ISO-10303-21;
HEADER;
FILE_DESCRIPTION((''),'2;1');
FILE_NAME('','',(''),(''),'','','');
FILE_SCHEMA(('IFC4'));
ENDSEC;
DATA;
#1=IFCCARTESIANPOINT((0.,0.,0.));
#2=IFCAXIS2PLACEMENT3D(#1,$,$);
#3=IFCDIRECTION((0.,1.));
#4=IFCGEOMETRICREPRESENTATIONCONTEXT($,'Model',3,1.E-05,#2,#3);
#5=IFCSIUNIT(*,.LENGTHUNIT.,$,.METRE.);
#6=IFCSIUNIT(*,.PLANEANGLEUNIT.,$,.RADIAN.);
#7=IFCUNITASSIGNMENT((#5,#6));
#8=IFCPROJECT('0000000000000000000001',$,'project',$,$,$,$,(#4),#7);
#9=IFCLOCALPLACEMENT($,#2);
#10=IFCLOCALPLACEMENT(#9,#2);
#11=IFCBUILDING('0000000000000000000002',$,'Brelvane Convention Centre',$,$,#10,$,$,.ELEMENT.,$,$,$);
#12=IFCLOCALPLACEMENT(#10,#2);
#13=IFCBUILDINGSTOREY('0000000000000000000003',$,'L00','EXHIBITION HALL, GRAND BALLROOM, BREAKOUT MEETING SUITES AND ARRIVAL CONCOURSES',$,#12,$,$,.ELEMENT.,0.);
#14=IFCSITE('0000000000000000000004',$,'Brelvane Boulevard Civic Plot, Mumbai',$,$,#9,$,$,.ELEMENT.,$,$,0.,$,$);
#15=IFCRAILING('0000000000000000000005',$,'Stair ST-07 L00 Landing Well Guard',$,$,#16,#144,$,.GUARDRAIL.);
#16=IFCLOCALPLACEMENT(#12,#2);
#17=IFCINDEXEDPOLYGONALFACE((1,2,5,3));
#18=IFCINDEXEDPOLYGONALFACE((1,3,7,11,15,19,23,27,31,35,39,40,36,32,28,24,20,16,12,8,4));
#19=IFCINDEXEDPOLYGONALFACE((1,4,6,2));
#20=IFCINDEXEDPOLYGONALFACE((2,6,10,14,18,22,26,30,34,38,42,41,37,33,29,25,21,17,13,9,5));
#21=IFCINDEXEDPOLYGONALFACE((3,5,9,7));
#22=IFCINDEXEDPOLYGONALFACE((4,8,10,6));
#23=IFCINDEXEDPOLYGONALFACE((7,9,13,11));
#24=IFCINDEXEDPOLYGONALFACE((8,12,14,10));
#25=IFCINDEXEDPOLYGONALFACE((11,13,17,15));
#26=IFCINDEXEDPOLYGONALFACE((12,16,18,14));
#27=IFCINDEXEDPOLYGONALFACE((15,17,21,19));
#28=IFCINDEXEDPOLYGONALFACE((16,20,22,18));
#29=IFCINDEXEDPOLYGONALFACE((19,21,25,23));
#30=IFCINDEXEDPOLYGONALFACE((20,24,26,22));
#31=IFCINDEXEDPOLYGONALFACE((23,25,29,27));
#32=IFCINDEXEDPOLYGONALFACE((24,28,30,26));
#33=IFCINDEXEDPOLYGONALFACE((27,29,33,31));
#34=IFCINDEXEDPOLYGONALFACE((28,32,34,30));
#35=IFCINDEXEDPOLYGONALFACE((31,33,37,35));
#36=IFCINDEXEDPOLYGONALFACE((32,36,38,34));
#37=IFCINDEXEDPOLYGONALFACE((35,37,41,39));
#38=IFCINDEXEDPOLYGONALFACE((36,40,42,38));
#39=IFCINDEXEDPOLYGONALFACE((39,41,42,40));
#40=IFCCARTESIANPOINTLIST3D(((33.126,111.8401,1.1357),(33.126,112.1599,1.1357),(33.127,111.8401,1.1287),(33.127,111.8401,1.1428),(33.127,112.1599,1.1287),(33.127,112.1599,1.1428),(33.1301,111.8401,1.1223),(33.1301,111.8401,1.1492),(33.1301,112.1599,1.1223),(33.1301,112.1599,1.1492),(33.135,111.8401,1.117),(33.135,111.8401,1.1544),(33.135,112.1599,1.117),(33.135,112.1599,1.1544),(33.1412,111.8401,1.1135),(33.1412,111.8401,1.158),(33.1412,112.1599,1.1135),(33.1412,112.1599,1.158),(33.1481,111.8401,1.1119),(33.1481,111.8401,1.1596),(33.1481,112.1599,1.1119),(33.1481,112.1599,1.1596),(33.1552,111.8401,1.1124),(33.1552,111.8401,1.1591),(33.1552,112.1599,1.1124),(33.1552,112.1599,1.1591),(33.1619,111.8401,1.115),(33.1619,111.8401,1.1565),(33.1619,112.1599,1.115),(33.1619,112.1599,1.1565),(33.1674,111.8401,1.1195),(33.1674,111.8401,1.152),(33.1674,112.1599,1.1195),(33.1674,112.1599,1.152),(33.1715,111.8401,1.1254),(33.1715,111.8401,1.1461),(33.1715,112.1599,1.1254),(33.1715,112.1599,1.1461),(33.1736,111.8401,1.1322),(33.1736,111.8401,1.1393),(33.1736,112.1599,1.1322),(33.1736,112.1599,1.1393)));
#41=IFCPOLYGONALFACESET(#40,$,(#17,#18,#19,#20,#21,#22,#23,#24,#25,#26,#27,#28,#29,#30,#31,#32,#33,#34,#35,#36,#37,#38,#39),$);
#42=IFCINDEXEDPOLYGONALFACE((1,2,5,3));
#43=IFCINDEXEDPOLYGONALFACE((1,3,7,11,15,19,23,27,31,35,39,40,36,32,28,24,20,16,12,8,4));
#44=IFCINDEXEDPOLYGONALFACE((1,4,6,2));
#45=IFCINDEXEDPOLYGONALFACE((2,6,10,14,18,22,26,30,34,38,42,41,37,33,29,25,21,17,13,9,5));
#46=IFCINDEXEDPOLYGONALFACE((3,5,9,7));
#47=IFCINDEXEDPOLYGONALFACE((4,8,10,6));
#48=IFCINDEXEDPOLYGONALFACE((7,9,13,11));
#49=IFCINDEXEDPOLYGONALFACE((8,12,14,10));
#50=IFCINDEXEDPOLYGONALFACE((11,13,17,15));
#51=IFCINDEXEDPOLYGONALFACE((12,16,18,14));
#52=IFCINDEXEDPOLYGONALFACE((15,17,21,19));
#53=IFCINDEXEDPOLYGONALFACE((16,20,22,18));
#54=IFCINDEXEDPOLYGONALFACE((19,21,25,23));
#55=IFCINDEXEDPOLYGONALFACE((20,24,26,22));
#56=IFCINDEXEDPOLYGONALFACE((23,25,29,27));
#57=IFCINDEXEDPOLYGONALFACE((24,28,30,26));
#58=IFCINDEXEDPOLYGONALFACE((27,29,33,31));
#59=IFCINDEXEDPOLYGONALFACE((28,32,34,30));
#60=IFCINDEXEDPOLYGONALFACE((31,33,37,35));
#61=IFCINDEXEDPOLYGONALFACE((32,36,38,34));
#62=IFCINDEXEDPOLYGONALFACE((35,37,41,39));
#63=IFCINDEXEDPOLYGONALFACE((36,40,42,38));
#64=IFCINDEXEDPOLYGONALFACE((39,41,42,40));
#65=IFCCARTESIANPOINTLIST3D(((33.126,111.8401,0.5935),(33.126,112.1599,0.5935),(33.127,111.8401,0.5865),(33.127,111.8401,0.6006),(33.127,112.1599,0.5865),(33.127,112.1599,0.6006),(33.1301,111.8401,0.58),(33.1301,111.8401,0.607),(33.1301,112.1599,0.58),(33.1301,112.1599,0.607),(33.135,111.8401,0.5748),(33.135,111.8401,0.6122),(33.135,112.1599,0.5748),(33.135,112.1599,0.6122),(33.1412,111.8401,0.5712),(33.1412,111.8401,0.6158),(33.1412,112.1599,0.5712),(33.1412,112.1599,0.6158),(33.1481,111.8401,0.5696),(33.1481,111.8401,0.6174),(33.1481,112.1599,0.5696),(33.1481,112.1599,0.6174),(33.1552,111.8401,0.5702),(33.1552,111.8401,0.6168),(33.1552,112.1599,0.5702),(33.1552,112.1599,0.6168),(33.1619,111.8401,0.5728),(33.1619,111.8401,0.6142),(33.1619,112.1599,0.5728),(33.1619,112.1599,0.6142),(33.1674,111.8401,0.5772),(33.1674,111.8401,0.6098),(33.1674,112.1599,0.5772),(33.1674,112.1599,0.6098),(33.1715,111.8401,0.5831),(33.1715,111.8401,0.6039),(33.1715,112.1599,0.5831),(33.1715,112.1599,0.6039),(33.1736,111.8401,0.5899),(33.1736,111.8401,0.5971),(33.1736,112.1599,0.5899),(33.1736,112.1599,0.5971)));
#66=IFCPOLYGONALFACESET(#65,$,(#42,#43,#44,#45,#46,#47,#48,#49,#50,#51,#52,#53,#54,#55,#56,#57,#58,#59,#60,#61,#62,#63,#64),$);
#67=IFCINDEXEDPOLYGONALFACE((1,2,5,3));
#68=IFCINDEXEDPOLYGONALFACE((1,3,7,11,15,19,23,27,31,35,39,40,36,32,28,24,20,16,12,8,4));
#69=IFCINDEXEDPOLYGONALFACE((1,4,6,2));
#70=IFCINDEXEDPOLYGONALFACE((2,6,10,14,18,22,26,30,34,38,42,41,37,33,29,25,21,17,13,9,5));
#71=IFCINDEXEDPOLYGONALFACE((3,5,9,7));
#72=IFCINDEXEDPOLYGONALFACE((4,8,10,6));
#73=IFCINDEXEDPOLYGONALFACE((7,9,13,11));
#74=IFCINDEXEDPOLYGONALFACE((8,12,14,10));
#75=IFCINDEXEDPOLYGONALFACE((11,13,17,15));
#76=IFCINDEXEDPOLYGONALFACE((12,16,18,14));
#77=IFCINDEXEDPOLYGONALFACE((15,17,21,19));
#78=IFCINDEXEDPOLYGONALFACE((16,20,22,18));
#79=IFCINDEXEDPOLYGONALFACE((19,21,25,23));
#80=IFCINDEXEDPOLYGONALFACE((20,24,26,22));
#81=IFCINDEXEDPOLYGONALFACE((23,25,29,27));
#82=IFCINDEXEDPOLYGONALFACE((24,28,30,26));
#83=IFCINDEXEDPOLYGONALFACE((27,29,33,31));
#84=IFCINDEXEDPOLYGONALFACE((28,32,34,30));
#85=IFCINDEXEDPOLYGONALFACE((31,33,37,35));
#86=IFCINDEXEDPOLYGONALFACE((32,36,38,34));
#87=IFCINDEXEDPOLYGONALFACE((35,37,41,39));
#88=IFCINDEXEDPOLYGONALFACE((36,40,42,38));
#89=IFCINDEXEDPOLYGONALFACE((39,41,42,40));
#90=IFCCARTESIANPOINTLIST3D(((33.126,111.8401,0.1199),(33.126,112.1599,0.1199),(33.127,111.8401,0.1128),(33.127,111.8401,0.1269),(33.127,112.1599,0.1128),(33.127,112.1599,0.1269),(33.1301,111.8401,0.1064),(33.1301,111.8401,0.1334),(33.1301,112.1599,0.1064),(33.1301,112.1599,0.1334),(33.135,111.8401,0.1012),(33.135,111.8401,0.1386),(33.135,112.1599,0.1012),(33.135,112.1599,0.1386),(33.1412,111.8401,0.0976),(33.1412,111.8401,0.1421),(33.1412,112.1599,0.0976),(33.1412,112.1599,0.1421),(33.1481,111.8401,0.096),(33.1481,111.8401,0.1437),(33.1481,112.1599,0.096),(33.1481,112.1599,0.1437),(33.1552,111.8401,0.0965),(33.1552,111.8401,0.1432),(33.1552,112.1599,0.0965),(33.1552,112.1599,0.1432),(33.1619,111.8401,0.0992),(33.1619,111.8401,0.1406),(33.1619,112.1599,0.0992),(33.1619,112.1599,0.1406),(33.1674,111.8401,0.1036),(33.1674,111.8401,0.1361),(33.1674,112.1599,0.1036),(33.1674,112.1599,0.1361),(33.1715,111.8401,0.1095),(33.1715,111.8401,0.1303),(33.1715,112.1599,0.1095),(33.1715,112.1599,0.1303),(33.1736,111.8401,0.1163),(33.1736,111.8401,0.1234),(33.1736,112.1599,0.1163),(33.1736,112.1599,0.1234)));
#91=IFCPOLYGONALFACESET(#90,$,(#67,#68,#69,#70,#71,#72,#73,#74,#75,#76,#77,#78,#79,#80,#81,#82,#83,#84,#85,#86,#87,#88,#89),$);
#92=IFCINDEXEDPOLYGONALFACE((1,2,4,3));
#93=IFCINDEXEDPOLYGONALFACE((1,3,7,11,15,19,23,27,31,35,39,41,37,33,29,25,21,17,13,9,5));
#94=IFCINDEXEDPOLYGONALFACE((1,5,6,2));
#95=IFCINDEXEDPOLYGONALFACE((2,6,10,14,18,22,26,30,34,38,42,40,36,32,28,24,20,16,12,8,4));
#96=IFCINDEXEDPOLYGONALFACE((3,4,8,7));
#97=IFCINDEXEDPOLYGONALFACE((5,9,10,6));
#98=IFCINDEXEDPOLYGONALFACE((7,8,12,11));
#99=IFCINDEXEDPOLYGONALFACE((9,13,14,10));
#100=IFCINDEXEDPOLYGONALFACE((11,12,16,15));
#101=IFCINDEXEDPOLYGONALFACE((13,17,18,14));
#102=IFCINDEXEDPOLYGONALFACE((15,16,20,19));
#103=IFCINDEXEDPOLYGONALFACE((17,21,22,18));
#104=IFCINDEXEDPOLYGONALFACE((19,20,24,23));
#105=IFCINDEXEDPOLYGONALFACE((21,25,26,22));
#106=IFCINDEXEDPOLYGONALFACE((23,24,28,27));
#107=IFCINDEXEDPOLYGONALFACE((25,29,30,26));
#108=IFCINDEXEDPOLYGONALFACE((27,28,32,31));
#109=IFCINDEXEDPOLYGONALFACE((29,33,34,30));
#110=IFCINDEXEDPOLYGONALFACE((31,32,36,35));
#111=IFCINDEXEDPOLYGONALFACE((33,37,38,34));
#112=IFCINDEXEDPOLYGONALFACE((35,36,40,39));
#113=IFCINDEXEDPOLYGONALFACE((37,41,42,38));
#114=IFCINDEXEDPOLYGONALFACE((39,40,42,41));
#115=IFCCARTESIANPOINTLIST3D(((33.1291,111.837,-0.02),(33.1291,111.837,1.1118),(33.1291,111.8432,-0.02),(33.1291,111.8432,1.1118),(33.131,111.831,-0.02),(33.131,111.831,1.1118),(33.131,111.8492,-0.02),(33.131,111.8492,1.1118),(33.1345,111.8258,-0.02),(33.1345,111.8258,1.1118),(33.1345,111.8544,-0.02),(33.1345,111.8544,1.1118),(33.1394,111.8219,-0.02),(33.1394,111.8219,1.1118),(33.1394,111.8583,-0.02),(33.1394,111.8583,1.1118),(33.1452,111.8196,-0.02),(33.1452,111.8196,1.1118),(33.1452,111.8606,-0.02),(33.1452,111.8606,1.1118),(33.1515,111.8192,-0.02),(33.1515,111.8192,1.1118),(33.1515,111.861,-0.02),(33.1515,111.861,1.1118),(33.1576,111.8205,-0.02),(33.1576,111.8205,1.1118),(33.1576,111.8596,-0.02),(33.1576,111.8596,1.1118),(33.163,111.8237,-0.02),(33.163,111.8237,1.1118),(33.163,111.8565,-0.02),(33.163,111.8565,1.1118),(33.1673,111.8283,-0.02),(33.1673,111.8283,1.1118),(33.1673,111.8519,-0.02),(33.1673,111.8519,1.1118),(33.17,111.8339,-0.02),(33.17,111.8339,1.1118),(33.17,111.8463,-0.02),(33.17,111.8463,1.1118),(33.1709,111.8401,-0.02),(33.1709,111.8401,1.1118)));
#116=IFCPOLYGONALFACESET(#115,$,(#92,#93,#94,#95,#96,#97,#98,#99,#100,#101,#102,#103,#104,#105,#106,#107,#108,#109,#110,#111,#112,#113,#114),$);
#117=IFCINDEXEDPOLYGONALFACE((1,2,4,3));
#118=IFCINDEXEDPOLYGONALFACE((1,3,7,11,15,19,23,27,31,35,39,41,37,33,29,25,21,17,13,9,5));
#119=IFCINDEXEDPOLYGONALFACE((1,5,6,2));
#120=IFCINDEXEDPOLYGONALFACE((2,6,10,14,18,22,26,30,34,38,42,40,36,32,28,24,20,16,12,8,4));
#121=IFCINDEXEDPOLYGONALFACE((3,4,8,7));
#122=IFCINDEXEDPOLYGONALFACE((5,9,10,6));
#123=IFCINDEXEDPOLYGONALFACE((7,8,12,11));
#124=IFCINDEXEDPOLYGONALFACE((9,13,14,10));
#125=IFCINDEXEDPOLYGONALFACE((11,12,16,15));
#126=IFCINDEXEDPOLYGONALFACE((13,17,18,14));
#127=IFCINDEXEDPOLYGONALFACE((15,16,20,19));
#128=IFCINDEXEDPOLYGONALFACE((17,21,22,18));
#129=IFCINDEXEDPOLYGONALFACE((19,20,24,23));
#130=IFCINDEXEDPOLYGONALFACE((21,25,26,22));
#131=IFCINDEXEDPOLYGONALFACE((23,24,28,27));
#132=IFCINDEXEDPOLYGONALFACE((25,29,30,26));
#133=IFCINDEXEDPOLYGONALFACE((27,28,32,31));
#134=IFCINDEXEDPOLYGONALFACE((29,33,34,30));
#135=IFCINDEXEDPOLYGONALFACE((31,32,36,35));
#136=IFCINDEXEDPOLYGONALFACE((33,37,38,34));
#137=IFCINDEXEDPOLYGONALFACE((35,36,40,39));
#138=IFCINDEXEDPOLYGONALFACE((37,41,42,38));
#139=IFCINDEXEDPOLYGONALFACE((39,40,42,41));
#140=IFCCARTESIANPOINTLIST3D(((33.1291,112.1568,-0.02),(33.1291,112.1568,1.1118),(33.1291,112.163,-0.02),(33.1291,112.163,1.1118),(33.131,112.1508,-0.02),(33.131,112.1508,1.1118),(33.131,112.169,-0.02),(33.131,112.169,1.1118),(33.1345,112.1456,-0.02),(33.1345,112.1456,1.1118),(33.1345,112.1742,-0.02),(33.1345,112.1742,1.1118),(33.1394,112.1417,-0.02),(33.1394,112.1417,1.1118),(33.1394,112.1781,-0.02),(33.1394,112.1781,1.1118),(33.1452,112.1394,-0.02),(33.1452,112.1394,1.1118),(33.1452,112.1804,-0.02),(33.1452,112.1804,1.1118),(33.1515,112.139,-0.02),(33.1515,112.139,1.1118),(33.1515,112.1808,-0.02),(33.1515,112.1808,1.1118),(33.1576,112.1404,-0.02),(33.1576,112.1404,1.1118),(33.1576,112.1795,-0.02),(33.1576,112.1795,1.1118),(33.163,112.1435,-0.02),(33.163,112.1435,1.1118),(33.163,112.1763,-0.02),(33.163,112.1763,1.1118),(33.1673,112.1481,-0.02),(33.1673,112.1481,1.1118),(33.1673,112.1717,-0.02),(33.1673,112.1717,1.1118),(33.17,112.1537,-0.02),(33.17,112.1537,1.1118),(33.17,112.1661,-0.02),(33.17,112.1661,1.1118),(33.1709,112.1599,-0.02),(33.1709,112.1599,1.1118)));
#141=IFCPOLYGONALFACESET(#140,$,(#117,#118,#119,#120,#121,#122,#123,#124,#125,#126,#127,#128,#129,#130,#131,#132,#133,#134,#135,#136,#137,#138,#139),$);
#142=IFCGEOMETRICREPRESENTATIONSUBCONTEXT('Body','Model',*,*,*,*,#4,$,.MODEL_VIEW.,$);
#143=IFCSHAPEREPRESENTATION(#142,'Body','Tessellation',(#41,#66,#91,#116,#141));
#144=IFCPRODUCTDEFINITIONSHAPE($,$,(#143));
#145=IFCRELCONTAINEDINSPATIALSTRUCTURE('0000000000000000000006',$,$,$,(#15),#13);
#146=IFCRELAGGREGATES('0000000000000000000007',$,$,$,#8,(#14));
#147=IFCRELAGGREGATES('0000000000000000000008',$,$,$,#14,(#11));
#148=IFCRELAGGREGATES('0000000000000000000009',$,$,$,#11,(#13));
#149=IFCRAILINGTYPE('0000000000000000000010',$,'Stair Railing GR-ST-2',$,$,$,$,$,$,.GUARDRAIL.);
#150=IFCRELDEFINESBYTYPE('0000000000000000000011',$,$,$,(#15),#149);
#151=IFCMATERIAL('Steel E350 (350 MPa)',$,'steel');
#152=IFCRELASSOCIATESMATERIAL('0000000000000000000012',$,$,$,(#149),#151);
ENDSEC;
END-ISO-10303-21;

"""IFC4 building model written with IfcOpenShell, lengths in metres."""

from ifc_helpers import new_model, si_unit, direction, frame, origin, origin_2d, place, context, subcontext, project, spatial, circle, extrude, material, type_object, element, save


model = new_model("IFC4")

# Units and contexts
model_context = context("Model", 3, precision=1e-05, world=origin(), true_north=direction((0.0, 1.0)))
body_context = subcontext(model_context, "Body", "Model", "MODEL_VIEW")
ifc_project = project(units=[si_unit("LENGTHUNIT", "METRE"), si_unit("PLANEANGLEUNIT", "RADIAN")], contexts=[model_context])

# Site, building, storey
site_placement = place(None, origin())
site = spatial("IfcSite", under=ifc_project, at=site_placement, Name="Brelvane Boulevard Civic Plot, Mumbai", CompositionType="ELEMENT", RefElevation=0.0)
building_placement = place(site_placement, origin())
building = spatial("IfcBuilding", under=site, at=building_placement, Name="Brelvane Convention Centre", CompositionType="ELEMENT")
storey_placement = place(building_placement, origin())
storey = spatial("IfcBuildingStorey", under=building, at=storey_placement, Name="L00", Description="EXHIBITION HALL, GRAND BALLROOM, BREAKOUT MEETING SUITES AND ARRIVAL CONCOURSES", CompositionType="ELEMENT", Elevation=0.0)

# Railing
ifc_material_1 = material(Name="Steel E350 (350 MPa)", Category="steel")
railing_type_1 = type_object("IfcRailingType", Name="Stair Railing GR-ST-2", PredefinedType="GUARDRAIL", material=ifc_material_1)
railing_1_placement = place(storey_placement, frame((33.1499, 111.8401, -0.02)))
element("IfcRailing", 1, at=railing_1_placement, inside=storey, type_object=railing_type_1, Name="Stair ST-07 L00 Landing Well Guard", PredefinedType="GUARDRAIL", context=body_context, shape_type="SweptSolid", body=[
    extrude(circle(Radius=0.0239, at=origin_2d()), frame((0.0, 0.0, 1.1558), z_axis=(0.0, 1.0, 0.0), x_axis=(-1.0, 0.0, 0.0)), (0.0, 0.0, 1.0), 0.3198),
    extrude(circle(Radius=0.0239, at=origin_2d()), frame((0.0, 0.0, 0.6135), z_axis=(0.0, 1.0, 0.0), x_axis=(-1.0, 0.0, 0.0)), (0.0, 0.0, 1.0), 0.3198),
    extrude(circle(Radius=0.0239, at=origin_2d()), frame((0.0, 0.0, 0.1399), z_axis=(0.0, 1.0, 0.0), x_axis=(-1.0, 0.0, 0.0)), (0.0, 0.0, 1.0), 0.3198),
    extrude(circle(Radius=0.021, at=origin_2d()), origin(), (0.0, 0.0, 1.0), 1.1318),
    extrude(circle(Radius=0.021, at=origin_2d()), frame((0.0, 0.3198, 0.0)), (0.0, 0.0, 1.0), 1.1318),
])

save(model, "model.ifc")
